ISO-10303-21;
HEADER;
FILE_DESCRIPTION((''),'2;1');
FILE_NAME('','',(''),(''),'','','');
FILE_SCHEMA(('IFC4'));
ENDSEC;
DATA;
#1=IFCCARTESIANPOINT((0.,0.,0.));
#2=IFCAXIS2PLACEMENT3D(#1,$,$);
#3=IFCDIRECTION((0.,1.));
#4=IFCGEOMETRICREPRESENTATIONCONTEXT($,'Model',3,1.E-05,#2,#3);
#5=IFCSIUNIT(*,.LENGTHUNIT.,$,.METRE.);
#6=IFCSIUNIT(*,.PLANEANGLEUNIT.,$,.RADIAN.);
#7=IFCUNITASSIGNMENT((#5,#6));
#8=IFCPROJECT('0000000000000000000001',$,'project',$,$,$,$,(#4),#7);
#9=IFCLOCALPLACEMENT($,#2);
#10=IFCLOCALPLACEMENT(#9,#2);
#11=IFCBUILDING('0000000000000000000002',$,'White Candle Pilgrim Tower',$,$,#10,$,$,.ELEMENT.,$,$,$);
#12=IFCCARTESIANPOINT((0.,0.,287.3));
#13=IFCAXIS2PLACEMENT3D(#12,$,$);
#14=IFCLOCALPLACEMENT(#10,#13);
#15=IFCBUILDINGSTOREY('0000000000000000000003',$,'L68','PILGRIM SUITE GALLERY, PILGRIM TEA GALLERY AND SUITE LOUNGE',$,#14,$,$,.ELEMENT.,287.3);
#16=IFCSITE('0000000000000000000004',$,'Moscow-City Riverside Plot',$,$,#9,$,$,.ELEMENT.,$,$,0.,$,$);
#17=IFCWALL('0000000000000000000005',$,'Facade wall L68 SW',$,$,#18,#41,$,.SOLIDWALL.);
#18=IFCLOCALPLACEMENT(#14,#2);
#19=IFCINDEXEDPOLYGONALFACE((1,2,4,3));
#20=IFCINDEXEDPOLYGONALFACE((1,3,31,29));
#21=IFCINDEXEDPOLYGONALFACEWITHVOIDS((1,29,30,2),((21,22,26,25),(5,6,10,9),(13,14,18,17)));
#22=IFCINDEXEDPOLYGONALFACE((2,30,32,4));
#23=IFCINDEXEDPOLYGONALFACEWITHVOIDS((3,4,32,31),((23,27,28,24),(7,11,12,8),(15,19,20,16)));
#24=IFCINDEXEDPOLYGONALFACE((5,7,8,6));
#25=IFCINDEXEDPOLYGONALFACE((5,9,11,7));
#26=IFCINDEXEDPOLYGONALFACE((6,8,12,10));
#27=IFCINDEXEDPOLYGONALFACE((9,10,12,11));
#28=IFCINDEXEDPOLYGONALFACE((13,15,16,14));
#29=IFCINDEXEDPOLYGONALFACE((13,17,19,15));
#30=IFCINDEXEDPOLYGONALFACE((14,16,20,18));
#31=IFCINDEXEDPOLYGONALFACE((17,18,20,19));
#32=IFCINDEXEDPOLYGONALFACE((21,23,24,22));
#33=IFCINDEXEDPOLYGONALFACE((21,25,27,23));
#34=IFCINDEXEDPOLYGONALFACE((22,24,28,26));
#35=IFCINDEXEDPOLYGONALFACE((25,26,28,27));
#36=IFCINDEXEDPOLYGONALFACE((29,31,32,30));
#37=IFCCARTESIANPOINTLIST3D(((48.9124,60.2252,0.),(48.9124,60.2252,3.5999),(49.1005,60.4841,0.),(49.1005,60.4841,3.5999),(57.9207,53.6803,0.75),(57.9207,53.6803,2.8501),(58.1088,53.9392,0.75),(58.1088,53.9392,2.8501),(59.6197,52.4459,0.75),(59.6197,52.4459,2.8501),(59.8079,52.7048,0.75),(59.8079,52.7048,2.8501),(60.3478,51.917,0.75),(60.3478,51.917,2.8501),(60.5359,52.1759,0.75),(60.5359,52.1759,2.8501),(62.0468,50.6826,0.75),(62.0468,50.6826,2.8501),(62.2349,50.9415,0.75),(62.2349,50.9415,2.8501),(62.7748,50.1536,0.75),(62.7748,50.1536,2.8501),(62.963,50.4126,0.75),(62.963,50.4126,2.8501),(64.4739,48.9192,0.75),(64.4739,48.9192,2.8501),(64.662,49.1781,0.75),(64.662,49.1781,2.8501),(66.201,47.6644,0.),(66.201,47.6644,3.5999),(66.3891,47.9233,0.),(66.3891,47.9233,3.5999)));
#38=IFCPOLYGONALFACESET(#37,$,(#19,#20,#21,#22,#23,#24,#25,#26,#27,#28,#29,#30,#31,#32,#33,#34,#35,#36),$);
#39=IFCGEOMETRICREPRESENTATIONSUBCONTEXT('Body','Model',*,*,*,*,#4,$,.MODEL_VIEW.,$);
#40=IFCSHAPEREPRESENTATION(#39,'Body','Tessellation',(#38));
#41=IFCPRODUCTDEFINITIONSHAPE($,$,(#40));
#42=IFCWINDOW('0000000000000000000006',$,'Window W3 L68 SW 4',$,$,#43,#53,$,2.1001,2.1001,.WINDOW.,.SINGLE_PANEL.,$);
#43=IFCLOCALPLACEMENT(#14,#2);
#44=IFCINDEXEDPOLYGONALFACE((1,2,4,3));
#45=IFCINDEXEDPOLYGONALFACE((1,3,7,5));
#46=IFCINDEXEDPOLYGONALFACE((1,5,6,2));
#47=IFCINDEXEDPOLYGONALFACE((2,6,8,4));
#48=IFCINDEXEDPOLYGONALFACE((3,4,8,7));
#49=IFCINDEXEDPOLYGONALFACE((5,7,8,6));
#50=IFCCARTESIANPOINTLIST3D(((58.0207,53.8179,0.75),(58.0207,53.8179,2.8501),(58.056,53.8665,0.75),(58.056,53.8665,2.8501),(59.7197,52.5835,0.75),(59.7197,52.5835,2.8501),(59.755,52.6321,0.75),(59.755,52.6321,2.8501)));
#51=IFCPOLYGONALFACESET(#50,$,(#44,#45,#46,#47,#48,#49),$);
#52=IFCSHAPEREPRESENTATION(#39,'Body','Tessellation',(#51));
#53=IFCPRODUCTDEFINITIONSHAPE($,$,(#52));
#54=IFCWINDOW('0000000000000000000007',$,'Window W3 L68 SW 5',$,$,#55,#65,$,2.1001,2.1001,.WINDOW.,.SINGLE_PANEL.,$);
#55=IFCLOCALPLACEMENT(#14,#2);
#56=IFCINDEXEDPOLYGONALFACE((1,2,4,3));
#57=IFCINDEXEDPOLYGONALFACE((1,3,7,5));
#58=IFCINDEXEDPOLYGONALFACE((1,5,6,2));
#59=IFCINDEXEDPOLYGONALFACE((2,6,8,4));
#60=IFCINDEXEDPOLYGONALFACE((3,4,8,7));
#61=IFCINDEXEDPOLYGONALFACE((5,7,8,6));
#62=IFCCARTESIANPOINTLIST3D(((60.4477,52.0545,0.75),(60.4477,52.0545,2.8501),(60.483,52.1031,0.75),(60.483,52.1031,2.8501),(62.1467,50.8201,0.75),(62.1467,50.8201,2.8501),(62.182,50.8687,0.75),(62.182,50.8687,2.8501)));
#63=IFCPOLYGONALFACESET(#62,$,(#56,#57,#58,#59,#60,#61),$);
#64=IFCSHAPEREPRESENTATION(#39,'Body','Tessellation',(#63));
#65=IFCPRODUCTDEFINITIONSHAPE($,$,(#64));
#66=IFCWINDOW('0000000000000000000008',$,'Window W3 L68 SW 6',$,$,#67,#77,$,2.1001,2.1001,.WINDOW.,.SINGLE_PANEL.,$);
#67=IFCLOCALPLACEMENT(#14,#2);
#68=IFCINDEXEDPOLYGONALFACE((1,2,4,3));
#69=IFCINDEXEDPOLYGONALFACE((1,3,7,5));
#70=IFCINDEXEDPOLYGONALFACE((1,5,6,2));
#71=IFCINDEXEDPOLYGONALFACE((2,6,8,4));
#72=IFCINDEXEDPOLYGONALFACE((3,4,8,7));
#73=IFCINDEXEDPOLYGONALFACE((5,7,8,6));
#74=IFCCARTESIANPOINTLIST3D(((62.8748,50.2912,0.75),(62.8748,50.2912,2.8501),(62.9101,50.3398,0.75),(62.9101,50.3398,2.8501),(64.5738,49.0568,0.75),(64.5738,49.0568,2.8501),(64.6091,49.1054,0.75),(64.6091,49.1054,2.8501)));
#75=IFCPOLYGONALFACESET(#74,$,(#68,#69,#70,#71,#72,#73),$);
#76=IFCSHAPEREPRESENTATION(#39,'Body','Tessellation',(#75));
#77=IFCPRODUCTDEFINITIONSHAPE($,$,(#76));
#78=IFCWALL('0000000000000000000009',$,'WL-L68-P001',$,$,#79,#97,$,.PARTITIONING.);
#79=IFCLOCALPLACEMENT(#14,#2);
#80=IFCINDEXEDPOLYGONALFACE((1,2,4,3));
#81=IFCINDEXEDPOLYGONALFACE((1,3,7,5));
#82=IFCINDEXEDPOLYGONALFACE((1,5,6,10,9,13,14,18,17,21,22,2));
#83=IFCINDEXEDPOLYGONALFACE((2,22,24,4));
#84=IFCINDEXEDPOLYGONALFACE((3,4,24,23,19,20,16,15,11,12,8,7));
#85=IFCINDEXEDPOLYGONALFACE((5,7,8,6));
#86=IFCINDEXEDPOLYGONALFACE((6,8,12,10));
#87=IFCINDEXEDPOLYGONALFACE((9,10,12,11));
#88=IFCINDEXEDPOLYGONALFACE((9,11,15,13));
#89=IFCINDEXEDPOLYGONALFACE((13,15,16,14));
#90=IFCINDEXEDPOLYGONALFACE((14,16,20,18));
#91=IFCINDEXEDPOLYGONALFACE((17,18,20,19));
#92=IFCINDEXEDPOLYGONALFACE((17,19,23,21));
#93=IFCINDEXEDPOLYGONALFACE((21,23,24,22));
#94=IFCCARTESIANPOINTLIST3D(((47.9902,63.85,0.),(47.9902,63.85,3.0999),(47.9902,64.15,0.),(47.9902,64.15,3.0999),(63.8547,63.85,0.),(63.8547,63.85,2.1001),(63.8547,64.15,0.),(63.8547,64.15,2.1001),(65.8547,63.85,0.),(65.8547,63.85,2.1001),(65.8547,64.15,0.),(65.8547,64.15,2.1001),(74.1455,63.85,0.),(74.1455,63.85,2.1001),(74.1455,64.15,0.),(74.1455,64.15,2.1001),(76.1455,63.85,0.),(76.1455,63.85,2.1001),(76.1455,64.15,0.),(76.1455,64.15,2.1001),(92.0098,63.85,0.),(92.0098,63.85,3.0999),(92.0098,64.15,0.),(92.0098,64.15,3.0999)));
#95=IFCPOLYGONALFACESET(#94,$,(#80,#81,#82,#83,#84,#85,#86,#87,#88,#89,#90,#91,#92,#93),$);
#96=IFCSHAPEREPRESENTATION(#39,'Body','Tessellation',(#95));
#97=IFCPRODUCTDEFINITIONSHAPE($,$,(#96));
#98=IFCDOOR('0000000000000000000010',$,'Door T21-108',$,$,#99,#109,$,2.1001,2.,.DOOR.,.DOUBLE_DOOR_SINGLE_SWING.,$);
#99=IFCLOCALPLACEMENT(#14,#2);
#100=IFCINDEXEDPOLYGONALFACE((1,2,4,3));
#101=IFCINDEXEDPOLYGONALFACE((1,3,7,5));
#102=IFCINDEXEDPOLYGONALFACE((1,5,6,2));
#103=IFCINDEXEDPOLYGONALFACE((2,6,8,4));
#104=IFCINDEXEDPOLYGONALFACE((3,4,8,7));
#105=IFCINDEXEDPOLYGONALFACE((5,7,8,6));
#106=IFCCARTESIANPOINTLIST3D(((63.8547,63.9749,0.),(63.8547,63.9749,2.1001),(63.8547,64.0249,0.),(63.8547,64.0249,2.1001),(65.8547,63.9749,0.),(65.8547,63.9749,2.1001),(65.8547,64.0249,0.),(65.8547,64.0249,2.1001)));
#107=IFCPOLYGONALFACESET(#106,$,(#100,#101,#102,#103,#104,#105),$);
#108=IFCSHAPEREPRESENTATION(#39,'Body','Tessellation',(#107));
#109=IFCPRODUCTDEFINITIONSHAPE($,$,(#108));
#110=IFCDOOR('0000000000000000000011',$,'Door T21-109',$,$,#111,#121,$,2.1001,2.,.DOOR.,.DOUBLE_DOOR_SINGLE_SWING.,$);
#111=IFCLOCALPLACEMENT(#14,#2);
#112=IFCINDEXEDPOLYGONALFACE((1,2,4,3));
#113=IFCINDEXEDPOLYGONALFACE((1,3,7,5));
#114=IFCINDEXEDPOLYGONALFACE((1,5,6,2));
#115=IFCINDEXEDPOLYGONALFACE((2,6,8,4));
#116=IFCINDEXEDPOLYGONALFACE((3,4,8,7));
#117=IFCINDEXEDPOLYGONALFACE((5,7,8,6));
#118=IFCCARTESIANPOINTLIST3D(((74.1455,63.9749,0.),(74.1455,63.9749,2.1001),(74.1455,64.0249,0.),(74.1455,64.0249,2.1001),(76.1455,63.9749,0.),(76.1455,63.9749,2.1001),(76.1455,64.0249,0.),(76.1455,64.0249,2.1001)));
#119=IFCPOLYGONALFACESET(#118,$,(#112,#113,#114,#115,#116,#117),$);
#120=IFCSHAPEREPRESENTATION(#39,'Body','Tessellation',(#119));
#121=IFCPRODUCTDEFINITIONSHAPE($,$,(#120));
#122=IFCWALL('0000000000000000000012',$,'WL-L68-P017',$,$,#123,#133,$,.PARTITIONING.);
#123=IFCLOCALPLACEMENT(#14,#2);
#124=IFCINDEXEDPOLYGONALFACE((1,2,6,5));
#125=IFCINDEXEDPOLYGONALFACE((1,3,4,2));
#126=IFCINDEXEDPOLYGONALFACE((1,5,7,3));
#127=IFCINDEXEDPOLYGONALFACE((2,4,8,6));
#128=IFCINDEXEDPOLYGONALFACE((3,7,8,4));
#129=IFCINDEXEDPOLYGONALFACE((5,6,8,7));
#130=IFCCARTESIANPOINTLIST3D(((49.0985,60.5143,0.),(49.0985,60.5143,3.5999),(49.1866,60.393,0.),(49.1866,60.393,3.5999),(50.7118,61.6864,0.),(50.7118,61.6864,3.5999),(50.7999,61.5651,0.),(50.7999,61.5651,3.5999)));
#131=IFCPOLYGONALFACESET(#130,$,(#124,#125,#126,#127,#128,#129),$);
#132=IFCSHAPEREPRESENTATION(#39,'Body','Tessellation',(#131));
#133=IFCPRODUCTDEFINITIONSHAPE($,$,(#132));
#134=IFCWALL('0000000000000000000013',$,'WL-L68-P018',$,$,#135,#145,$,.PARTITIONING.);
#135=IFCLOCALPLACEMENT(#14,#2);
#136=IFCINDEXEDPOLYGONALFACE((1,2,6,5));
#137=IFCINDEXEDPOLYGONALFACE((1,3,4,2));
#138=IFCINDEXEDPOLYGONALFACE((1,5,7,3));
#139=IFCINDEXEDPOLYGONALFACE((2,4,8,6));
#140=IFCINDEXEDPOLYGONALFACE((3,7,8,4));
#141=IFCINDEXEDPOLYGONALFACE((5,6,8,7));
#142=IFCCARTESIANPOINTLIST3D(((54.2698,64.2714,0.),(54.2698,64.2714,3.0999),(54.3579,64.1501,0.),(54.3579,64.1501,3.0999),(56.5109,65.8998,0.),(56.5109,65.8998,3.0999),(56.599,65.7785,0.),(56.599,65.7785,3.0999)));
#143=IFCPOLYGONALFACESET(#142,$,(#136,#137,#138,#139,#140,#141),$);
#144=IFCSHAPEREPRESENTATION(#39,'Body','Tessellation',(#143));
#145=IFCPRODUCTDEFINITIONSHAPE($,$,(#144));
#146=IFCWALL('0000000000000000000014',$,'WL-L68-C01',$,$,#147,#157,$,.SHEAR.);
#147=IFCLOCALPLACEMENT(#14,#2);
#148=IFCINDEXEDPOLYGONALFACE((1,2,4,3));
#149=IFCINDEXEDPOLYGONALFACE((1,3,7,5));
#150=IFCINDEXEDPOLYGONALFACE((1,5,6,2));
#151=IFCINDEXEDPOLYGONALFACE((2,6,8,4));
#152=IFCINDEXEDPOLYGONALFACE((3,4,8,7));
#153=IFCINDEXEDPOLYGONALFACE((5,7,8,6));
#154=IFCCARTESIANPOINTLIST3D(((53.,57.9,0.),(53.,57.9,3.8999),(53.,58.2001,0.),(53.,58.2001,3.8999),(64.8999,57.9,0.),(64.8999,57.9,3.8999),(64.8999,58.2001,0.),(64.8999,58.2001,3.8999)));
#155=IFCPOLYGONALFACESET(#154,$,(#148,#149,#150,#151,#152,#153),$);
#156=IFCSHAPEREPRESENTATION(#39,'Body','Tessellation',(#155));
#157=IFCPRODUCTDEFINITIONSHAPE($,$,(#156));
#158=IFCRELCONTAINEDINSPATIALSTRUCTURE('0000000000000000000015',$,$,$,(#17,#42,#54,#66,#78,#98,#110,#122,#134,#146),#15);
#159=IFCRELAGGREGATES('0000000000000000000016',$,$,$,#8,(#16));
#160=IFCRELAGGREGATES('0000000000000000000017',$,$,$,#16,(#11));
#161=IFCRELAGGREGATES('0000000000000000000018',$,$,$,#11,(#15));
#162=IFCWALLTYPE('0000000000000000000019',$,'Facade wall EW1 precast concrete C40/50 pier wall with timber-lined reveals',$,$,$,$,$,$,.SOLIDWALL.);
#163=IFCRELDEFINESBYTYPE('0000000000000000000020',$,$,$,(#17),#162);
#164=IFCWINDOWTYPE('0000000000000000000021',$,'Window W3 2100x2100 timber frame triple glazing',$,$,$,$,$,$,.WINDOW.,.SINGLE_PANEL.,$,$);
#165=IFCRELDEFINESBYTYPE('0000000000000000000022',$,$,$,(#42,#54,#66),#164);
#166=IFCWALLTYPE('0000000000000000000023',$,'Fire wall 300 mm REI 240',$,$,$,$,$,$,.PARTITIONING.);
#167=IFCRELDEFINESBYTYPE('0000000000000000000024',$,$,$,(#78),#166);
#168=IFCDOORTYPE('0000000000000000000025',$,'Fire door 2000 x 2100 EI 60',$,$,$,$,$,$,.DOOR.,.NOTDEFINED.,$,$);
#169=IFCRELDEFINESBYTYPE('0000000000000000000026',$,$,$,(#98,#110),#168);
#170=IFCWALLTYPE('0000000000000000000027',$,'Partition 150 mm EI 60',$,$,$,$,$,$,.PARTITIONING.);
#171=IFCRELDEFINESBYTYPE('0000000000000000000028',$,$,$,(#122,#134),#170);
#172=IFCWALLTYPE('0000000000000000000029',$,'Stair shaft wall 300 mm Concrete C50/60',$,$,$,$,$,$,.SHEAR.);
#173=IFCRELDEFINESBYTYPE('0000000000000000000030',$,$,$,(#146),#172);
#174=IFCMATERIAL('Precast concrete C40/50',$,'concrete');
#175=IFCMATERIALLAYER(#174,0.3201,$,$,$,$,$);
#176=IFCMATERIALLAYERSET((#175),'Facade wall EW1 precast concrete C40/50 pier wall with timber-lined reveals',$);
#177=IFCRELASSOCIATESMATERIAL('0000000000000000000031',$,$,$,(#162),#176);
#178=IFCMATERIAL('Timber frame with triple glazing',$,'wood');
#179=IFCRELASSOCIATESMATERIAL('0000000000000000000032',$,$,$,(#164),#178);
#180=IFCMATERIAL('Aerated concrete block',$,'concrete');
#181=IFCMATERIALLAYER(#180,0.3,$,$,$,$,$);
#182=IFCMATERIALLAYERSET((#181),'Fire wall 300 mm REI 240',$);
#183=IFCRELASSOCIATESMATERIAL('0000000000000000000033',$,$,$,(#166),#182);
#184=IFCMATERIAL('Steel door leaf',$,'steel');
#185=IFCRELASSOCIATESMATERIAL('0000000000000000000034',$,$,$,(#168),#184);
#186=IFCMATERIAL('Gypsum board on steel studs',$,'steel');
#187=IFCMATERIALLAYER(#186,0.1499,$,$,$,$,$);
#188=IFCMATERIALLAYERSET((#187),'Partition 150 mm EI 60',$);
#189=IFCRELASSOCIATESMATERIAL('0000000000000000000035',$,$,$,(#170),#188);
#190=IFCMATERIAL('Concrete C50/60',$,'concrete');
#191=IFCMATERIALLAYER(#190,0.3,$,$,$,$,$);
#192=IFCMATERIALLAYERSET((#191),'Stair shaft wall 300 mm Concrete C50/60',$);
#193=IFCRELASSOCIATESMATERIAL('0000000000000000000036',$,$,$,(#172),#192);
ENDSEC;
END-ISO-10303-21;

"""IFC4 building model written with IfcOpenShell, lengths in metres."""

from ifc_helpers import new_model, si_unit, direction, frame, frame_2d, origin, place, context, subcontext, project, spatial, rectangle, extrude, material, layer, layer_set, type_object, element, fill, save


model = new_model("IFC4")

# Units and contexts
model_context = context("Model", 3, precision=1e-05, world=origin(), true_north=direction((0.0, 1.0)))
body_context = subcontext(model_context, "Body", "Model", "MODEL_VIEW")
ifc_project = project(units=[si_unit("LENGTHUNIT", "METRE"), si_unit("PLANEANGLEUNIT", "RADIAN")], contexts=[model_context])

# Site, building, storey
site_placement = place(None, origin())
site = spatial("IfcSite", under=ifc_project, at=site_placement, Name="Moscow-City Riverside Plot", CompositionType="ELEMENT", RefElevation=0.0)
building_placement = place(site_placement, origin())
building = spatial("IfcBuilding", under=site, at=building_placement, Name="White Candle Pilgrim Tower", CompositionType="ELEMENT")
storey_placement = place(building_placement, frame((0.0, 0.0, 287.3)))
storey = spatial("IfcBuildingStorey", under=building, at=storey_placement, Name="L68", Description="PILGRIM SUITE GALLERY, PILGRIM TEA GALLERY AND SUITE LOUNGE", CompositionType="ELEMENT", Elevation=287.3)

# Shared definitions
ifc_material_1 = material(Name="Concrete C50/60", Category="concrete")
ifc_material_2 = material(Name="Gypsum board on steel studs", Category="steel")

# Wall, openings, windows
ifc_material_3 = material(Name="Precast concrete C40/50", Category="concrete")
ifc_layer_1 = layer(ifc_material_3, 0.3201)
ifc_layer_set_1 = layer_set([ifc_layer_1], Name="Facade wall EW1 precast concrete C40/50 pier wall with timber-lined reveals")
wall_type_1 = type_object("IfcWallType", Name="Facade wall EW1 precast concrete C40/50 pier wall with timber-lined reveals", PredefinedType="SOLIDWALL", material=ifc_layer_set_1)
wall_1_placement = place(storey_placement, frame((49.0063, 60.3547, 0.0), z_axis=(0.0, 0.0, 1.0), x_axis=(0.809019, -0.587782, 0.0)))
wall_1 = element("IfcWall", 1, at=wall_1_placement, inside=storey, type_object=wall_type_1, Name="Facade wall L68 SW", PredefinedType="SOLIDWALL", context=body_context, shape_type="SweptSolid", body=[
    extrude(rectangle(XDim=21.3699, YDim=0.3201, at=frame_2d((10.6851, 0.0))), origin(), (0.0, 0.0, 1.0), 3.5999),
])
opening_1_placement = place(wall_1_placement, frame((11.135, 0.0, 0.75)))
opening_1 = element("IfcOpeningElement", 2, at=opening_1_placement, cuts=wall_1, PredefinedType="OPENING", context=body_context, shape_type="SweptSolid", body=[
    extrude(rectangle(XDim=2.1001, YDim=2.1001, at=frame_2d((1.05, 1.05))), frame((0.0, 0.1699, 0.0), z_axis=(0.0, -1.0, 0.0), x_axis=(1.0, 0.0, 0.0)), (0.0, 0.0, 1.0), 0.3401),
])
opening_2_placement = place(wall_1_placement, frame((14.135, 0.0, 0.75)))
opening_2 = element("IfcOpeningElement", 3, at=opening_2_placement, cuts=wall_1, PredefinedType="OPENING", context=body_context, shape_type="SweptSolid", body=[
    extrude(rectangle(XDim=2.1001, YDim=2.1001, at=frame_2d((1.05, 1.05))), frame((0.0, 0.1699, 0.0), z_axis=(0.0, -1.0, 0.0), x_axis=(1.0, 0.0, 0.0)), (0.0, 0.0, 1.0), 0.3401),
])
opening_3_placement = place(wall_1_placement, frame((17.135, 0.0, 0.75)))
opening_3 = element("IfcOpeningElement", 4, at=opening_3_placement, cuts=wall_1, PredefinedType="OPENING", context=body_context, shape_type="SweptSolid", body=[
    extrude(rectangle(XDim=2.1001, YDim=2.1001, at=frame_2d((1.05, 1.05))), frame((0.0, 0.1699, 0.0), z_axis=(0.0, -1.0, 0.0), x_axis=(1.0, 0.0, 0.0)), (0.0, 0.0, 1.0), 0.3401),
])
ifc_material_4 = material(Name="Timber frame with triple glazing", Category="wood")
window_type = type_object("IfcWindowType", Name="Window W3 2100x2100 timber frame triple glazing", PartitioningType="SINGLE_PANEL", PredefinedType="WINDOW", material=ifc_material_4)
window_1_placement = place(opening_1_placement, origin())
window_1 = element("IfcWindow", 5, at=window_1_placement, inside=storey, type_object=window_type, Name="Window W3 L68 SW 4", OverallHeight=2.1001, OverallWidth=2.1001, PartitioningType="SINGLE_PANEL", PredefinedType="WINDOW", context=body_context, shape_type="SweptSolid", body=[
    extrude(rectangle(XDim=2.1001, YDim=2.1001, at=frame_2d((1.05, 1.05))), frame((0.0, 0.0701, 0.0), z_axis=(0.0, -1.0, 0.0), x_axis=(1.0, 0.0, 0.0)), (0.0, 0.0, 1.0), 0.0601),
])
fill(opening_1, window_1)
window_2_placement = place(opening_2_placement, origin())
window_2 = element("IfcWindow", 6, at=window_2_placement, inside=storey, type_object=window_type, Name="Window W3 L68 SW 5", OverallHeight=2.1001, OverallWidth=2.1001, PartitioningType="SINGLE_PANEL", PredefinedType="WINDOW", context=body_context, shape_type="SweptSolid", body=[
    extrude(rectangle(XDim=2.1001, YDim=2.1001, at=frame_2d((1.05, 1.05))), frame((0.0, 0.0701, 0.0), z_axis=(0.0, -1.0, 0.0), x_axis=(1.0, 0.0, 0.0)), (0.0, 0.0, 1.0), 0.0601),
])
fill(opening_2, window_2)
window_3_placement = place(opening_3_placement, origin())
window_3 = element("IfcWindow", 7, at=window_3_placement, inside=storey, type_object=window_type, Name="Window W3 L68 SW 6", OverallHeight=2.1001, OverallWidth=2.1001, PartitioningType="SINGLE_PANEL", PredefinedType="WINDOW", context=body_context, shape_type="SweptSolid", body=[
    extrude(rectangle(XDim=2.1001, YDim=2.1001, at=frame_2d((1.05, 1.05))), frame((0.0, 0.0701, 0.0), z_axis=(0.0, -1.0, 0.0), x_axis=(1.0, 0.0, 0.0)), (0.0, 0.0, 1.0), 0.0601),
])
fill(opening_3, window_3)

# Wall, openings, doors
ifc_material_5 = material(Name="Aerated concrete block", Category="concrete")
ifc_layer_2 = layer(ifc_material_5, 0.3)
ifc_layer_set_2 = layer_set([ifc_layer_2], Name="Fire wall 300 mm REI 240")
wall_type_2 = type_object("IfcWallType", Name="Fire wall 300 mm REI 240", PredefinedType="PARTITIONING", material=ifc_layer_set_2)
wall_2_placement = place(storey_placement, frame((47.9902, 64.0, 0.0), z_axis=(0.0, 0.0, 1.0), x_axis=(1.0, 0.0, 0.0)))
wall_2 = element("IfcWall", 8, at=wall_2_placement, inside=storey, type_object=wall_type_2, Name="WL-L68-P001", PredefinedType="PARTITIONING", context=body_context, shape_type="SweptSolid", body=[
    extrude(rectangle(XDim=44.0195, YDim=0.3, at=frame_2d((22.0098, 0.0))), origin(), (0.0, 0.0, 1.0), 3.0999),
])
opening_4_placement = place(wall_2_placement, frame((15.8645, 0.0, 0.0)))
opening_4 = element("IfcOpeningElement", 9, at=opening_4_placement, cuts=wall_2, PredefinedType="OPENING", context=body_context, shape_type="SweptSolid", body=[
    extrude(rectangle(XDim=2.0, YDim=2.1001, at=frame_2d((1.0, 1.05))), frame((0.0, 0.1599, 0.0), z_axis=(0.0, -1.0, 0.0), x_axis=(1.0, 0.0, 0.0)), (0.0, 0.0, 1.0), 0.3201),
])
opening_5_placement = place(wall_2_placement, frame((26.1553, 0.0, 0.0)))
opening_5 = element("IfcOpeningElement", 10, at=opening_5_placement, cuts=wall_2, PredefinedType="OPENING", context=body_context, shape_type="SweptSolid", body=[
    extrude(rectangle(XDim=2.0, YDim=2.1001, at=frame_2d((1.0, 1.05))), frame((0.0, 0.1599, 0.0), z_axis=(0.0, -1.0, 0.0), x_axis=(1.0, 0.0, 0.0)), (0.0, 0.0, 1.0), 0.3201),
])
ifc_material_6 = material(Name="Steel door leaf", Category="steel")
door_type_1 = type_object("IfcDoorType", Name="Fire door 2000 x 2100 EI 60", OperationType="NOTDEFINED", PredefinedType="DOOR", material=ifc_material_6)
door_1_placement = place(opening_4_placement, origin())
door_1 = element("IfcDoor", 11, at=door_1_placement, inside=storey, type_object=door_type_1, Name="Door T21-108", OperationType="DOUBLE_DOOR_SINGLE_SWING", OverallHeight=2.1001, OverallWidth=2.0, PredefinedType="DOOR", context=body_context, shape_type="SweptSolid", body=[
    extrude(rectangle(XDim=2.0, YDim=2.1001, at=frame_2d((1.0, 1.05))), frame((0.0, 0.0249, 0.0), z_axis=(0.0, -1.0, 0.0), x_axis=(1.0, 0.0, 0.0)), (0.0, 0.0, 1.0), 0.05),
])
fill(opening_4, door_1)
door_2_placement = place(opening_5_placement, origin())
door_2 = element("IfcDoor", 12, at=door_2_placement, inside=storey, type_object=door_type_1, Name="Door T21-109", OperationType="DOUBLE_DOOR_SINGLE_SWING", OverallHeight=2.1001, OverallWidth=2.0, PredefinedType="DOOR", context=body_context, shape_type="SweptSolid", body=[
    extrude(rectangle(XDim=2.0, YDim=2.1001, at=frame_2d((1.0, 1.05))), frame((0.0, 0.0249, 0.0), z_axis=(0.0, -1.0, 0.0), x_axis=(1.0, 0.0, 0.0)), (0.0, 0.0, 1.0), 0.05),
])
fill(opening_5, door_2)

# Walls
ifc_layer_3 = layer(ifc_material_2, 0.1499)
ifc_layer_set_3 = layer_set([ifc_layer_3], Name="Partition 150 mm EI 60")
wall_type_3 = type_object("IfcWallType", Name="Partition 150 mm EI 60", PredefinedType="PARTITIONING", material=ifc_layer_set_3)
wall_3_placement = place(storey_placement, frame((49.1426, 60.4536, 0.0), z_axis=(0.0, 0.0, 1.0), x_axis=(0.809017, 0.587786, 0.0)))
element("IfcWall", 13, at=wall_3_placement, inside=storey, type_object=wall_type_3, Name="WL-L68-P017", PredefinedType="PARTITIONING", context=body_context, shape_type="SweptSolid", body=[
    extrude(rectangle(XDim=1.9941, YDim=0.1499, at=frame_2d((0.9971, 0.0))), origin(), (0.0, 0.0, 1.0), 3.5999),
])
wall_4_placement = place(storey_placement, frame((54.3137, 64.2107, 0.0), z_axis=(0.0, 0.0, 1.0), x_axis=(0.809003, 0.587805, 0.0)))
element("IfcWall", 14, at=wall_4_placement, inside=storey, type_object=wall_type_3, Name="WL-L68-P018", PredefinedType="PARTITIONING", context=body_context, shape_type="SweptSolid", body=[
    extrude(rectangle(XDim=2.7703, YDim=0.1499, at=frame_2d((1.3853, 0.0))), origin(), (0.0, 0.0, 1.0), 3.0999),
])
ifc_layer_4 = layer(ifc_material_1, 0.3)
ifc_layer_set_4 = layer_set([ifc_layer_4], Name="Stair shaft wall 300 mm Concrete C50/60")
wall_type_4 = type_object("IfcWallType", Name="Stair shaft wall 300 mm Concrete C50/60", PredefinedType="SHEAR", material=ifc_layer_set_4)
wall_5_placement = place(storey_placement, frame((53.0, 58.05, 0.0), z_axis=(0.0, 0.0, 1.0), x_axis=(1.0, 0.0, 0.0)))
element("IfcWall", 15, at=wall_5_placement, inside=storey, type_object=wall_type_4, Name="WL-L68-C01", PredefinedType="SHEAR", context=body_context, shape_type="SweptSolid", body=[
    extrude(rectangle(XDim=11.8999, YDim=0.3, at=frame_2d((5.95, 0.0))), origin(), (0.0, 0.0, 1.0), 3.8999),
])

save(model, "model.ifc")
